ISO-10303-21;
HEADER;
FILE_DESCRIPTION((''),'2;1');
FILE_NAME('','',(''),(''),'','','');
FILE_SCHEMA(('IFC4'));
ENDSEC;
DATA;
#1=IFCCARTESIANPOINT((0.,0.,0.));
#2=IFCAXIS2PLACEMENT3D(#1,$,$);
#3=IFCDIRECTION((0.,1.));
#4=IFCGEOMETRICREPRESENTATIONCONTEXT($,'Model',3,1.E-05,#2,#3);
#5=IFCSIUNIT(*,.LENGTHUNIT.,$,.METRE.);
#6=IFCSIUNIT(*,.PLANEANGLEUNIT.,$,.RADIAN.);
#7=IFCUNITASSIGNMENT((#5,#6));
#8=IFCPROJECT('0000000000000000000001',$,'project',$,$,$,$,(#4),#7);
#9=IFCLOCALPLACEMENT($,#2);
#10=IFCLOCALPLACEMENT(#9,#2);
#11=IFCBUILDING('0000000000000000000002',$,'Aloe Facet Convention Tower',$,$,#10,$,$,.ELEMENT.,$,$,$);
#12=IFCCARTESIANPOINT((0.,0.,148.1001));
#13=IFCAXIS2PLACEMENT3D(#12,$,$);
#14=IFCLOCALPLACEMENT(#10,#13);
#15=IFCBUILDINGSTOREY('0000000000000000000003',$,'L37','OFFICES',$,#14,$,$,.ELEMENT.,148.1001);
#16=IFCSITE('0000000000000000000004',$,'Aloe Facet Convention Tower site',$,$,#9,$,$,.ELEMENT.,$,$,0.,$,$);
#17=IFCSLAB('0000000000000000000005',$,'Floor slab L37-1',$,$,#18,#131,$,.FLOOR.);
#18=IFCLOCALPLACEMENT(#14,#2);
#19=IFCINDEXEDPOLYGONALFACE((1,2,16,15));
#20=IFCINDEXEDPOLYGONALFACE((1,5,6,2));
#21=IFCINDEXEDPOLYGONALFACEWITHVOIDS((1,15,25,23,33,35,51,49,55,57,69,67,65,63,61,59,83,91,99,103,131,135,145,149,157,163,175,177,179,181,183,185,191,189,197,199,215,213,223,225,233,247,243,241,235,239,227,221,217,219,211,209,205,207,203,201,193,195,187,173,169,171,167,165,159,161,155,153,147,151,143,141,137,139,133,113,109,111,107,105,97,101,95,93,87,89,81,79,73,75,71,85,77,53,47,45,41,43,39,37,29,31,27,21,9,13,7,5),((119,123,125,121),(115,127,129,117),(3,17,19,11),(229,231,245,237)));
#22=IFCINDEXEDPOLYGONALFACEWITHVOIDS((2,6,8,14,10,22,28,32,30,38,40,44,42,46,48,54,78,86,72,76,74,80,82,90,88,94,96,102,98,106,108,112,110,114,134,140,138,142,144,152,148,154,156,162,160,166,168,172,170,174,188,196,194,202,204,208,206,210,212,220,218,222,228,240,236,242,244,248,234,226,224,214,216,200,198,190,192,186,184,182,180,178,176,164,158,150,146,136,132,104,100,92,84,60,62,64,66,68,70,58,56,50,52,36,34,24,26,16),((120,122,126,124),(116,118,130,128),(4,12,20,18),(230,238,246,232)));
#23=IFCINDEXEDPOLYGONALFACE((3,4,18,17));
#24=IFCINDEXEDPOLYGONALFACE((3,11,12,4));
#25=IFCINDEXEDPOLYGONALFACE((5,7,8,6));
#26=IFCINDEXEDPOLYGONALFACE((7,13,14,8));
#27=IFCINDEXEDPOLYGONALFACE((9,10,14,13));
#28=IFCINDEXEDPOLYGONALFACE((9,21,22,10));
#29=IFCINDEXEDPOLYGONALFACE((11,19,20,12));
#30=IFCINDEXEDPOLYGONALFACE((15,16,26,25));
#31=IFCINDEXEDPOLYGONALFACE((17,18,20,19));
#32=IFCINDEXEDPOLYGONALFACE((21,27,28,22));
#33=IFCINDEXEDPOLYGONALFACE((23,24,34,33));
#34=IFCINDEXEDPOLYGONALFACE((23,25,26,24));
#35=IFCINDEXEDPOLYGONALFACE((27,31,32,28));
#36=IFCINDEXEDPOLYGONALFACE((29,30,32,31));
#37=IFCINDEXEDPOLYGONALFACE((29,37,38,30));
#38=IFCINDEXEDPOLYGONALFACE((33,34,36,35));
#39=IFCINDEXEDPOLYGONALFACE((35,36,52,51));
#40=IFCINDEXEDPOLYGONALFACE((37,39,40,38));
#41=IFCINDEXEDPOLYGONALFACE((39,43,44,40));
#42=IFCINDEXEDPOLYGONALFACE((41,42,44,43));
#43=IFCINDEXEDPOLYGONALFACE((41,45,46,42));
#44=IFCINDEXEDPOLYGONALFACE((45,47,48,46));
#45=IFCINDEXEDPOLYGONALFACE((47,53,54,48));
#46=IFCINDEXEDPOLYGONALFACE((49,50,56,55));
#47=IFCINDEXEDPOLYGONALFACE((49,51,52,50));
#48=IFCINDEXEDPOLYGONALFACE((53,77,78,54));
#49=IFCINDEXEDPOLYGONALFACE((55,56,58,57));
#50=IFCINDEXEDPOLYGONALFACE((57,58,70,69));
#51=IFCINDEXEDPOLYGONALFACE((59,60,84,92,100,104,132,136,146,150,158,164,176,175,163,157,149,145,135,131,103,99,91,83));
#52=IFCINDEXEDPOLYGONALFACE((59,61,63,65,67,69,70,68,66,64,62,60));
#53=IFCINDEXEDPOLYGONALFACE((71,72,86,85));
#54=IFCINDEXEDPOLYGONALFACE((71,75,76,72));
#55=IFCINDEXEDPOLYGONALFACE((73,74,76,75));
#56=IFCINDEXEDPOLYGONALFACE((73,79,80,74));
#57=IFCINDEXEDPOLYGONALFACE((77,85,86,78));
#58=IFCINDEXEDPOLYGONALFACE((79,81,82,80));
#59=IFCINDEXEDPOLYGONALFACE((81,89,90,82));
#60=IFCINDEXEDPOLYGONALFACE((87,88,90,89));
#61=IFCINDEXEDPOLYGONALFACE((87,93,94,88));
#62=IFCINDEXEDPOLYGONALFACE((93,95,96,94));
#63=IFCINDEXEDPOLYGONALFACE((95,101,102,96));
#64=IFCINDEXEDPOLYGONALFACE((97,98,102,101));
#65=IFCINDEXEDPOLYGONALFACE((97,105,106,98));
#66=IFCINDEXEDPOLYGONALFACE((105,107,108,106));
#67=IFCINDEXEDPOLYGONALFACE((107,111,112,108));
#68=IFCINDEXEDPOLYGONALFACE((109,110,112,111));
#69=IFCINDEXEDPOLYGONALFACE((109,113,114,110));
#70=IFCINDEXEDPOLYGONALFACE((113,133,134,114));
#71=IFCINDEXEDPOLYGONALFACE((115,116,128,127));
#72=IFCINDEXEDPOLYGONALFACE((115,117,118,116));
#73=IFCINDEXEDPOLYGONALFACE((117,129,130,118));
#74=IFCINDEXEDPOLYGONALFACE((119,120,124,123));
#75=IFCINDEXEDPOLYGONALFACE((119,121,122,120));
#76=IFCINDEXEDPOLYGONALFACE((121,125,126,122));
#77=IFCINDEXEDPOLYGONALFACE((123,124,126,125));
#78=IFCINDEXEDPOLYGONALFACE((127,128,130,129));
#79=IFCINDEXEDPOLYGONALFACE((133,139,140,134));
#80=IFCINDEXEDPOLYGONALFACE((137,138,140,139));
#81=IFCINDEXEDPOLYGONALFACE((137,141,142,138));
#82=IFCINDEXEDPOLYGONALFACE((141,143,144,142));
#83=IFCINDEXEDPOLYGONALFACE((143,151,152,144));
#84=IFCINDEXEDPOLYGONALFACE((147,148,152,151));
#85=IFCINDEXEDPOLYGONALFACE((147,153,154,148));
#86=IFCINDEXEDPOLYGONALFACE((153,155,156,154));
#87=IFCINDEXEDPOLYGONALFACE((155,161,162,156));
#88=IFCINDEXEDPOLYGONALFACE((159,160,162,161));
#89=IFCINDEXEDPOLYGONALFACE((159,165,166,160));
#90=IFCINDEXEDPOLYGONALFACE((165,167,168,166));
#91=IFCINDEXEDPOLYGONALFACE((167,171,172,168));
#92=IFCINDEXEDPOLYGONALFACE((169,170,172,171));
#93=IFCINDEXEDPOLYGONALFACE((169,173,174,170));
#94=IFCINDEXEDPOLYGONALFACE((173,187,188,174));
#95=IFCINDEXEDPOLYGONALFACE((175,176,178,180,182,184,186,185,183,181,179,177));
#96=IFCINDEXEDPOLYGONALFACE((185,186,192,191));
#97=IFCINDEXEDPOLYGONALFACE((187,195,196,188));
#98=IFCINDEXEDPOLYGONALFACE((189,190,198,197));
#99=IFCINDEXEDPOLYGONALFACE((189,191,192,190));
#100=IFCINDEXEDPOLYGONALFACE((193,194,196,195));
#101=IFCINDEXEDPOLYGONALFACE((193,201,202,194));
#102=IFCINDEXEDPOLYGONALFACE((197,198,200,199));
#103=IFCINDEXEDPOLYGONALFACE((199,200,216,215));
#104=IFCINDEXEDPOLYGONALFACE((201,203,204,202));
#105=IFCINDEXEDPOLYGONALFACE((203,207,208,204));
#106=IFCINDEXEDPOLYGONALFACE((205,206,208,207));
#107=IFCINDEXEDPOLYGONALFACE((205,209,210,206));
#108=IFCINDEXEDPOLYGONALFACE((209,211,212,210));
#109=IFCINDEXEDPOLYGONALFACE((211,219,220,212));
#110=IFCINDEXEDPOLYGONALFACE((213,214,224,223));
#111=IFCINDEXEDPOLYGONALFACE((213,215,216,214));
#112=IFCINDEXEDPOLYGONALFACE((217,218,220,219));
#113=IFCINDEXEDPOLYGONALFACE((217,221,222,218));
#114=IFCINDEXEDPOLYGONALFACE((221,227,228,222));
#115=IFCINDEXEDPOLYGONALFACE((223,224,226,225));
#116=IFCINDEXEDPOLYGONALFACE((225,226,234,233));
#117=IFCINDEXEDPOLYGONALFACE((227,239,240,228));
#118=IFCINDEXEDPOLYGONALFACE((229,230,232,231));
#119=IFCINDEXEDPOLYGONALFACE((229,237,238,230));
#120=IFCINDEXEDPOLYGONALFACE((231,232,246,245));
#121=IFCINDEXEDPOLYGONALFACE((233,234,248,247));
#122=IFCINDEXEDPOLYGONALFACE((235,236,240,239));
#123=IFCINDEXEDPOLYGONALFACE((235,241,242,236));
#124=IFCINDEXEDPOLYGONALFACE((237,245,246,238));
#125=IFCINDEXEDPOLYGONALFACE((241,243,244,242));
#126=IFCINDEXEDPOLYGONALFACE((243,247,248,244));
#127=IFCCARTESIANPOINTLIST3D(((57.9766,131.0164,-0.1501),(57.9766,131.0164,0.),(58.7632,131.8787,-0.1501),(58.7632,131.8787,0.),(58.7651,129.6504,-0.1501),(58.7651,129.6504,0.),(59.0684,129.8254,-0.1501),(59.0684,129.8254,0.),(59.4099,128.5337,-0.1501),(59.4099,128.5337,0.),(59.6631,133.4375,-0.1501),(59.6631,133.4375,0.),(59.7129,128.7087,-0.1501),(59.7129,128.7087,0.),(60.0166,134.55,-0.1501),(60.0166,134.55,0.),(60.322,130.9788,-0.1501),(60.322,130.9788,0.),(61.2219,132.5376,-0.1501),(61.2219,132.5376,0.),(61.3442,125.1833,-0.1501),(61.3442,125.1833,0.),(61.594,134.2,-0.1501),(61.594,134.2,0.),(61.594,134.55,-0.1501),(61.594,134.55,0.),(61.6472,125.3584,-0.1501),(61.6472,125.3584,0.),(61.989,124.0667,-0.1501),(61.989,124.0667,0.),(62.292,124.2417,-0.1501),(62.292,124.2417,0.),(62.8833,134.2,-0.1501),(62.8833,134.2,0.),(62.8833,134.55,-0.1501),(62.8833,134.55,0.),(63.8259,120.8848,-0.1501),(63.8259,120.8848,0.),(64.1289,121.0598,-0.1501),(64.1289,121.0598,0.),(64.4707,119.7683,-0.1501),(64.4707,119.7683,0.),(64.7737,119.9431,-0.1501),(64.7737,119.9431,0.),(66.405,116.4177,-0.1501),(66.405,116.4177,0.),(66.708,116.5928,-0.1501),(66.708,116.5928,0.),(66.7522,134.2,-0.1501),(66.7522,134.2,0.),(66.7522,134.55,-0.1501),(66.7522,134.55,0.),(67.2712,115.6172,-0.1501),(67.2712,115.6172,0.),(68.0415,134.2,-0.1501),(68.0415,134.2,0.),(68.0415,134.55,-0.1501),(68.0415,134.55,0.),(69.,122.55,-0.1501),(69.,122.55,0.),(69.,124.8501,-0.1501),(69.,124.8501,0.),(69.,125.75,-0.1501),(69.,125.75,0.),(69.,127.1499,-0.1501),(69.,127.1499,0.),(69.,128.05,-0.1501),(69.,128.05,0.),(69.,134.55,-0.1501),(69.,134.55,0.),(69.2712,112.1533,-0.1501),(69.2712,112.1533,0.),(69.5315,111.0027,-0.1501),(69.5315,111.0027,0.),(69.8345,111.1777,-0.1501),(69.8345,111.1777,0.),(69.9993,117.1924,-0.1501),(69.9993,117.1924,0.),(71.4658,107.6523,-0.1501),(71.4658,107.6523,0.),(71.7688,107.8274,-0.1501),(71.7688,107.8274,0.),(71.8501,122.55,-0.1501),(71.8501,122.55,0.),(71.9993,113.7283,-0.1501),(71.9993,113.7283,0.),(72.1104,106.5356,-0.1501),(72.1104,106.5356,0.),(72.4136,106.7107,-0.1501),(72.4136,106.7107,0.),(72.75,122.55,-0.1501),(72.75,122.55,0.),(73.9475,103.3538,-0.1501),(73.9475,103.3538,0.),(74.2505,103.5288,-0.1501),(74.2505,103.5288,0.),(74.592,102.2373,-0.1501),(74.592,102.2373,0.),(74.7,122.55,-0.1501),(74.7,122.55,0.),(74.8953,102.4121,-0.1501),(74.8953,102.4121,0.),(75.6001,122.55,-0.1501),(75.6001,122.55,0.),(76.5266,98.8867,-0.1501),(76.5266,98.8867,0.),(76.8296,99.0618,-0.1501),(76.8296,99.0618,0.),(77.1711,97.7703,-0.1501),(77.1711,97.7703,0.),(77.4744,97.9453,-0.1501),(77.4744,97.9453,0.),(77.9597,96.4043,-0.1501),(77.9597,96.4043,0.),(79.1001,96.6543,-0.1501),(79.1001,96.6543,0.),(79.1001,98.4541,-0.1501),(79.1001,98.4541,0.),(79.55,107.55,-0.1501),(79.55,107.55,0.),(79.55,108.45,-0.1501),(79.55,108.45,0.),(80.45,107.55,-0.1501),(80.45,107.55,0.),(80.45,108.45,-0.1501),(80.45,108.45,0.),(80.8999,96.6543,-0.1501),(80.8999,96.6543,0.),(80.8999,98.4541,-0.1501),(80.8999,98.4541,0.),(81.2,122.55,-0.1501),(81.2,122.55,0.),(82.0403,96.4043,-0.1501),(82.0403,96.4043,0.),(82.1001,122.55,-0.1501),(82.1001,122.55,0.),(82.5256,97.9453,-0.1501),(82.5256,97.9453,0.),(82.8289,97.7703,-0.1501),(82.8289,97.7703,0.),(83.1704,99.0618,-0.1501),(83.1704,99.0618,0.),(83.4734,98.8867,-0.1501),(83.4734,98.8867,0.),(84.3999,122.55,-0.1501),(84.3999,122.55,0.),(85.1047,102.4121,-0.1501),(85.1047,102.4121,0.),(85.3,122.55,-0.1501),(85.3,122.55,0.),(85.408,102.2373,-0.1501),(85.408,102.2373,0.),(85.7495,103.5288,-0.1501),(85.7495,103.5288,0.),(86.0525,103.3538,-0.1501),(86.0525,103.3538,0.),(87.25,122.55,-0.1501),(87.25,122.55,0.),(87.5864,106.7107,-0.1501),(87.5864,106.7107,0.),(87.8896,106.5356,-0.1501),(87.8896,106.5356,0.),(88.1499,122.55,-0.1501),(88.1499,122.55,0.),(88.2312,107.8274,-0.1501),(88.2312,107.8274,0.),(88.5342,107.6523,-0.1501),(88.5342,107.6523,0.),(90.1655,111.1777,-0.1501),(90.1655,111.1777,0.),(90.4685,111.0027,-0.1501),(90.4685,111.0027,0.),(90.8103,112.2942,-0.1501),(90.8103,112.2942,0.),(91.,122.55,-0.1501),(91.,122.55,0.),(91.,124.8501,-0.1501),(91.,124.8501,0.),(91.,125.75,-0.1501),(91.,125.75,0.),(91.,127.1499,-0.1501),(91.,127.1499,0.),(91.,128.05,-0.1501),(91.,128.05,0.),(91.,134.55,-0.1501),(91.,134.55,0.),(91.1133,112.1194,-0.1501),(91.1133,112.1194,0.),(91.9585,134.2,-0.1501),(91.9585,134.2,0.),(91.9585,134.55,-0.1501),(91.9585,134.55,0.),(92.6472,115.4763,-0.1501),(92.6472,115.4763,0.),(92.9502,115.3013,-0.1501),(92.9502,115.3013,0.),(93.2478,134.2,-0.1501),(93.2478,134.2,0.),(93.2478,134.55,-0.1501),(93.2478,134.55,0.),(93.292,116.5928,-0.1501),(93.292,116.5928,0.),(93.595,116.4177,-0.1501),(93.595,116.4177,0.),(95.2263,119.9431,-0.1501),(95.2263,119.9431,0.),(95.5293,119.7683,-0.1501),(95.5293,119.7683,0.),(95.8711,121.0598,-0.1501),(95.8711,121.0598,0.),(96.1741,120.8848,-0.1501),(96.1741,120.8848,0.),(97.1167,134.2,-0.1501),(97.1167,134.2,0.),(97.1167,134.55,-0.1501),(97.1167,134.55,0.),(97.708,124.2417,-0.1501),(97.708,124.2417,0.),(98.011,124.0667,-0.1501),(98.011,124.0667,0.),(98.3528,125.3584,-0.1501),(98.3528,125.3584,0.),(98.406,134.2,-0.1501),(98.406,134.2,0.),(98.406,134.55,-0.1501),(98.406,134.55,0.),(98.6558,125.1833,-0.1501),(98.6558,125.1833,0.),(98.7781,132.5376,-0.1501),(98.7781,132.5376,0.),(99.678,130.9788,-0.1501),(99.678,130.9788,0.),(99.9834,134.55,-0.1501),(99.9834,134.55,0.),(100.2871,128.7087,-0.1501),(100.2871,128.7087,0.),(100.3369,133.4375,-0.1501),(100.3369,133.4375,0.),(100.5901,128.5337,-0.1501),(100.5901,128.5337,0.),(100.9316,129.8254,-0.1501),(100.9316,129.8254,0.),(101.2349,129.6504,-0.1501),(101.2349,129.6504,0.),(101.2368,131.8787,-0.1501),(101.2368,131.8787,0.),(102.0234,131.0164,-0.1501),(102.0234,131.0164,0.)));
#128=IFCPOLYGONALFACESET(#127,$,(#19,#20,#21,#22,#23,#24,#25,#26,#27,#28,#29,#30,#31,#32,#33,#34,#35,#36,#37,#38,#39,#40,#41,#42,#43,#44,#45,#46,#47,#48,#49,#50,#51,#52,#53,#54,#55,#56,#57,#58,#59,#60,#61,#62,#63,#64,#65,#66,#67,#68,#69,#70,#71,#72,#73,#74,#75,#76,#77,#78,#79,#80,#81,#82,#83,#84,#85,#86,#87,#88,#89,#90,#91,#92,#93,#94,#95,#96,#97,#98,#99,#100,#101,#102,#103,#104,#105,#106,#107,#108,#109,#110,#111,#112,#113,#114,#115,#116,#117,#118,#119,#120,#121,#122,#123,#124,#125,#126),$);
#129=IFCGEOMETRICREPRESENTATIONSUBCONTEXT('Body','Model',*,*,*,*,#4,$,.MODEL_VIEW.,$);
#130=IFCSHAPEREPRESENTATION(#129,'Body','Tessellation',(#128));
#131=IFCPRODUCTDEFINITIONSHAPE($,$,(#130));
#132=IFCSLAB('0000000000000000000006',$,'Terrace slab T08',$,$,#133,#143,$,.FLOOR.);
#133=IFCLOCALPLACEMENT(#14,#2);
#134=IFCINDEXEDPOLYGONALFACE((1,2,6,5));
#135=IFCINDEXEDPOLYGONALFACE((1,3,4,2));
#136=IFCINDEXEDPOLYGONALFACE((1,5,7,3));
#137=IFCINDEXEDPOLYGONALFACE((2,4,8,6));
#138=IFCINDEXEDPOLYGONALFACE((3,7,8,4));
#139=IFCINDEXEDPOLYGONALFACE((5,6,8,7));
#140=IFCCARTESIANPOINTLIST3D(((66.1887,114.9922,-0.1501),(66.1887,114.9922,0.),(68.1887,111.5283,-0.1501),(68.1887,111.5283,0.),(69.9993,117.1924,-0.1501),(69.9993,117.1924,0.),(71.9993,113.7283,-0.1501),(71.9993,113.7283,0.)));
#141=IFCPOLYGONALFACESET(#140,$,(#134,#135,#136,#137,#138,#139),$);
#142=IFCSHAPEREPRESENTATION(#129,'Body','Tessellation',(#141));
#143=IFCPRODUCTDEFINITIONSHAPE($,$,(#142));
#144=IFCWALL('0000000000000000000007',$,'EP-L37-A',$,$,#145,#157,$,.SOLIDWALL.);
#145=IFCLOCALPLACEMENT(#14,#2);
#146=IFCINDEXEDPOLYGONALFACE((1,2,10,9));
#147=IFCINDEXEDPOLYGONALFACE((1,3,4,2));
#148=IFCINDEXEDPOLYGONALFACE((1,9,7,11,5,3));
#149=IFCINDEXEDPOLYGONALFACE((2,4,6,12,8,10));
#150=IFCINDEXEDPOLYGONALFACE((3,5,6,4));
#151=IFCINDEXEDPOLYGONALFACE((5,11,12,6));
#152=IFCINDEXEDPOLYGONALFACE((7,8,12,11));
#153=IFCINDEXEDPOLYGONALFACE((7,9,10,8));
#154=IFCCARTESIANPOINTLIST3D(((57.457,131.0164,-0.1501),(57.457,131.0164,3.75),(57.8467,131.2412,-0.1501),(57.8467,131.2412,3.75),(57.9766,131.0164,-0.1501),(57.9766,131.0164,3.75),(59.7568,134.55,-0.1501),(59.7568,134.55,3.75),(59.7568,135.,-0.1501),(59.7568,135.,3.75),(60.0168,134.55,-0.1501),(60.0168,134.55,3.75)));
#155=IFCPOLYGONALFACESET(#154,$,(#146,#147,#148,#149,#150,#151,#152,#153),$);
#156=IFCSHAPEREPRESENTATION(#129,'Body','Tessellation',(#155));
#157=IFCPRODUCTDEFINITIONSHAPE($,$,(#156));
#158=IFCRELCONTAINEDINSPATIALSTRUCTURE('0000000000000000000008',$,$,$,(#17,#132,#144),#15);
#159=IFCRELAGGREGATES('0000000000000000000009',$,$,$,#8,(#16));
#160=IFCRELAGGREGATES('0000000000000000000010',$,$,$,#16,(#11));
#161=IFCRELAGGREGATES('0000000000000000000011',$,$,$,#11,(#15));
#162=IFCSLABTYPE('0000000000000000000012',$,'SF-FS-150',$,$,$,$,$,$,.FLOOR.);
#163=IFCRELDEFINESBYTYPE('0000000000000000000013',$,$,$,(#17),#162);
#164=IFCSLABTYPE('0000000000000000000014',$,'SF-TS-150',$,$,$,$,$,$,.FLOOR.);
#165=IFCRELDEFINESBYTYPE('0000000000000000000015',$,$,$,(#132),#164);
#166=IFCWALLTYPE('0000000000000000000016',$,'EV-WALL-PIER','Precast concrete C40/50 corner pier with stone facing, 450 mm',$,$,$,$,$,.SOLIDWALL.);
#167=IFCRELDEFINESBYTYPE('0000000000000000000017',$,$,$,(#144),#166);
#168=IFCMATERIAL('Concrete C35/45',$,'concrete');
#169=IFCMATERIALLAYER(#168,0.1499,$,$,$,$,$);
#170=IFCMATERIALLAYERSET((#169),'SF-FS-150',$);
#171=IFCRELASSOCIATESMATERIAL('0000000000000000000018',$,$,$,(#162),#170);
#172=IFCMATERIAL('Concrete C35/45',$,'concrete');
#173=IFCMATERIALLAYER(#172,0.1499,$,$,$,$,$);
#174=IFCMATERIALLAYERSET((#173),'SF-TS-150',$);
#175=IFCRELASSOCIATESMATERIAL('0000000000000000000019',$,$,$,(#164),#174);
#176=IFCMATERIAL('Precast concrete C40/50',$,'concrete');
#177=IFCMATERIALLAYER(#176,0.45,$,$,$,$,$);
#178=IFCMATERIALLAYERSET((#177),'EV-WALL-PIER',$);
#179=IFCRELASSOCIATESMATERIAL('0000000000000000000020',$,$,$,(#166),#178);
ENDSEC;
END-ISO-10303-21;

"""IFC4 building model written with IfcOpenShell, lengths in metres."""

from ifc_helpers import new_model, si_unit, direction, frame, origin, place, context, subcontext, project, spatial, polyline, outline, extrude, material, layer, layer_set, type_object, element, save


model = new_model("IFC4")

# Units and contexts
model_context = context("Model", 3, precision=1e-05, world=origin(), true_north=direction((0.0, 1.0)))
body_context = subcontext(model_context, "Body", "Model", "MODEL_VIEW")
ifc_project = project(units=[si_unit("LENGTHUNIT", "METRE"), si_unit("PLANEANGLEUNIT", "RADIAN")], contexts=[model_context])

# Site, building, storey
site_placement = place(None, origin())
site = spatial("IfcSite", under=ifc_project, at=site_placement, Name="Aloe Facet Convention Tower site", CompositionType="ELEMENT", RefElevation=0.0)
building_placement = place(site_placement, origin())
building = spatial("IfcBuilding", under=site, at=building_placement, Name="Aloe Facet Convention Tower", CompositionType="ELEMENT")
storey_placement = place(building_placement, frame((0.0, 0.0, 148.1001)))
storey = spatial("IfcBuildingStorey", under=building, at=storey_placement, Name="L37", Description="OFFICES", CompositionType="ELEMENT", Elevation=148.1001)

# Slabs
ifc_material_1 = material(Name="Concrete C35/45", Category="concrete")
ifc_layer_1 = layer(ifc_material_1, 0.1499)
ifc_layer_set_1 = layer_set([ifc_layer_1], Name="SF-FS-150")
slab_type_1 = type_object("IfcSlabType", Name="SF-FS-150", PredefinedType="FLOOR", material=ifc_layer_set_1)
slab_1_placement = place(storey_placement, frame((0.0, 0.0, -0.1501)))
element("IfcSlab", 1, at=slab_1_placement, inside=storey, type_object=slab_type_1, Name="Floor slab L37-1", PredefinedType="FLOOR", context=body_context, shape_type="SweptSolid", body=[
    extrude(outline(polyline([(60.0166, 134.55), (61.594, 134.55), (61.594, 134.2), (62.8833, 134.2), (62.8833, 134.55), (66.7522, 134.55), (66.7522, 134.2), (68.0415, 134.2), (68.0415, 134.55), (69.0, 134.55), (69.0, 128.05), (69.0, 127.1499), (69.0, 125.75), (69.0, 124.8501), (69.0, 122.55), (71.8501, 122.55), (72.75, 122.55), (74.7, 122.55), (75.6001, 122.55), (81.2, 122.55), (82.1001, 122.55), (84.3999, 122.55), (85.3, 122.55), (87.25, 122.55), (88.1499, 122.55), (91.0, 122.55), (91.0, 124.8501), (91.0, 125.75), (91.0, 127.1499), (91.0, 128.05), (91.0, 134.55), (91.9585, 134.55), (91.9585, 134.2), (93.2478, 134.2), (93.2478, 134.55), (97.1167, 134.55), (97.1167, 134.2), (98.406, 134.2), (98.406, 134.55), (99.9834, 134.55), (102.0234, 131.0164), (101.2349, 129.6504), (100.9316, 129.8254), (100.2871, 128.7087), (100.5901, 128.5337), (98.6558, 125.1833), (98.3528, 125.3584), (97.708, 124.2417), (98.011, 124.0667), (96.1741, 120.8848), (95.8711, 121.0598), (95.2263, 119.9431), (95.5293, 119.7683), (93.595, 116.4177), (93.292, 116.5928), (92.6472, 115.4763), (92.9502, 115.3013), (91.1133, 112.1194), (90.8103, 112.2942), (90.1655, 111.1777), (90.4685, 111.0027), (88.5342, 107.6523), (88.2312, 107.8274), (87.5864, 106.7107), (87.8896, 106.5356), (86.0525, 103.3538), (85.7495, 103.5288), (85.1047, 102.4121), (85.408, 102.2373), (83.4734, 98.8867), (83.1704, 99.0618), (82.5256, 97.9453), (82.8289, 97.7703), (82.0403, 96.4043), (77.9597, 96.4043), (77.1711, 97.7703), (77.4744, 97.9453), (76.8296, 99.0618), (76.5266, 98.8867), (74.592, 102.2373), (74.8953, 102.4121), (74.2505, 103.5288), (73.9475, 103.3538), (72.1104, 106.5356), (72.4136, 106.7107), (71.7688, 107.8274), (71.4658, 107.6523), (69.5315, 111.0027), (69.8345, 111.1777), (69.2712, 112.1533), (71.9993, 113.7283), (69.9993, 117.1924), (67.2712, 115.6172), (66.708, 116.5928), (66.405, 116.4177), (64.4707, 119.7683), (64.7737, 119.9431), (64.1289, 121.0598), (63.8259, 120.8848), (61.989, 124.0667), (62.292, 124.2417), (61.6472, 125.3584), (61.3442, 125.1833), (59.4099, 128.5337), (59.7129, 128.7087), (59.0684, 129.8254), (58.7651, 129.6504), (57.9766, 131.0164), (60.0166, 134.55)]), holes=[polyline([(80.8999, 96.6543), (80.8999, 98.4541), (79.1001, 98.4541), (79.1001, 96.6543), (80.8999, 96.6543)]), polyline([(59.6631, 133.4375), (58.7632, 131.8787), (60.322, 130.9788), (61.2219, 132.5376), (59.6631, 133.4375)]), polyline([(80.45, 107.55), (80.45, 108.45), (79.55, 108.45), (79.55, 107.55), (80.45, 107.55)]), polyline([(101.2368, 131.8787), (100.3369, 133.4375), (98.7781, 132.5376), (99.678, 130.9788), (101.2368, 131.8787)])]), origin(), (0.0, 0.0, 1.0), 0.1501),
])
ifc_material_2 = material(Name="Concrete C35/45", Category="concrete")
ifc_layer_2 = layer(ifc_material_2, 0.1499)
ifc_layer_set_2 = layer_set([ifc_layer_2], Name="SF-TS-150")
slab_type_2 = type_object("IfcSlabType", Name="SF-TS-150", PredefinedType="FLOOR", material=ifc_layer_set_2)
slab_2_placement = place(storey_placement, frame((0.0, 0.0, -0.1501)))
element("IfcSlab", 2, at=slab_2_placement, inside=storey, type_object=slab_type_2, Name="Terrace slab T08", PredefinedType="FLOOR", context=body_context, shape_type="SweptSolid", body=[
    extrude(outline(polyline([(66.1887, 114.9922), (69.9993, 117.1924), (71.9993, 113.7283), (68.1887, 111.5283), (66.1887, 114.9922)])), origin(), (0.0, 0.0, 1.0), 0.1501),
])

# Wall
ifc_material_3 = material(Name="Precast concrete C40/50", Category="concrete")
ifc_layer_3 = layer(ifc_material_3, 0.45)
ifc_layer_set_3 = layer_set([ifc_layer_3], Name="EV-WALL-PIER")
wall_type_1 = type_object("IfcWallType", Name="EV-WALL-PIER", Description="Precast concrete C40/50 corner pier with stone facing, 450 mm", PredefinedType="SOLIDWALL", material=ifc_layer_set_3)
wall_1_placement = place(storey_placement, frame((0.0, 0.0, -0.1501)))
element("IfcWall", 3, at=wall_1_placement, inside=storey, type_object=wall_type_1, Name="EP-L37-A", PredefinedType="SOLIDWALL", context=body_context, shape_type="SweptSolid", body=[
    extrude(outline(polyline([(59.7568, 135.0), (59.7568, 134.55), (60.0168, 134.55), (57.9766, 131.0164), (57.8467, 131.2412), (57.457, 131.0164), (59.7568, 135.0)])), origin(), (0.0, 0.0, 1.0), 3.9001),
])

save(model, "model.ifc")
